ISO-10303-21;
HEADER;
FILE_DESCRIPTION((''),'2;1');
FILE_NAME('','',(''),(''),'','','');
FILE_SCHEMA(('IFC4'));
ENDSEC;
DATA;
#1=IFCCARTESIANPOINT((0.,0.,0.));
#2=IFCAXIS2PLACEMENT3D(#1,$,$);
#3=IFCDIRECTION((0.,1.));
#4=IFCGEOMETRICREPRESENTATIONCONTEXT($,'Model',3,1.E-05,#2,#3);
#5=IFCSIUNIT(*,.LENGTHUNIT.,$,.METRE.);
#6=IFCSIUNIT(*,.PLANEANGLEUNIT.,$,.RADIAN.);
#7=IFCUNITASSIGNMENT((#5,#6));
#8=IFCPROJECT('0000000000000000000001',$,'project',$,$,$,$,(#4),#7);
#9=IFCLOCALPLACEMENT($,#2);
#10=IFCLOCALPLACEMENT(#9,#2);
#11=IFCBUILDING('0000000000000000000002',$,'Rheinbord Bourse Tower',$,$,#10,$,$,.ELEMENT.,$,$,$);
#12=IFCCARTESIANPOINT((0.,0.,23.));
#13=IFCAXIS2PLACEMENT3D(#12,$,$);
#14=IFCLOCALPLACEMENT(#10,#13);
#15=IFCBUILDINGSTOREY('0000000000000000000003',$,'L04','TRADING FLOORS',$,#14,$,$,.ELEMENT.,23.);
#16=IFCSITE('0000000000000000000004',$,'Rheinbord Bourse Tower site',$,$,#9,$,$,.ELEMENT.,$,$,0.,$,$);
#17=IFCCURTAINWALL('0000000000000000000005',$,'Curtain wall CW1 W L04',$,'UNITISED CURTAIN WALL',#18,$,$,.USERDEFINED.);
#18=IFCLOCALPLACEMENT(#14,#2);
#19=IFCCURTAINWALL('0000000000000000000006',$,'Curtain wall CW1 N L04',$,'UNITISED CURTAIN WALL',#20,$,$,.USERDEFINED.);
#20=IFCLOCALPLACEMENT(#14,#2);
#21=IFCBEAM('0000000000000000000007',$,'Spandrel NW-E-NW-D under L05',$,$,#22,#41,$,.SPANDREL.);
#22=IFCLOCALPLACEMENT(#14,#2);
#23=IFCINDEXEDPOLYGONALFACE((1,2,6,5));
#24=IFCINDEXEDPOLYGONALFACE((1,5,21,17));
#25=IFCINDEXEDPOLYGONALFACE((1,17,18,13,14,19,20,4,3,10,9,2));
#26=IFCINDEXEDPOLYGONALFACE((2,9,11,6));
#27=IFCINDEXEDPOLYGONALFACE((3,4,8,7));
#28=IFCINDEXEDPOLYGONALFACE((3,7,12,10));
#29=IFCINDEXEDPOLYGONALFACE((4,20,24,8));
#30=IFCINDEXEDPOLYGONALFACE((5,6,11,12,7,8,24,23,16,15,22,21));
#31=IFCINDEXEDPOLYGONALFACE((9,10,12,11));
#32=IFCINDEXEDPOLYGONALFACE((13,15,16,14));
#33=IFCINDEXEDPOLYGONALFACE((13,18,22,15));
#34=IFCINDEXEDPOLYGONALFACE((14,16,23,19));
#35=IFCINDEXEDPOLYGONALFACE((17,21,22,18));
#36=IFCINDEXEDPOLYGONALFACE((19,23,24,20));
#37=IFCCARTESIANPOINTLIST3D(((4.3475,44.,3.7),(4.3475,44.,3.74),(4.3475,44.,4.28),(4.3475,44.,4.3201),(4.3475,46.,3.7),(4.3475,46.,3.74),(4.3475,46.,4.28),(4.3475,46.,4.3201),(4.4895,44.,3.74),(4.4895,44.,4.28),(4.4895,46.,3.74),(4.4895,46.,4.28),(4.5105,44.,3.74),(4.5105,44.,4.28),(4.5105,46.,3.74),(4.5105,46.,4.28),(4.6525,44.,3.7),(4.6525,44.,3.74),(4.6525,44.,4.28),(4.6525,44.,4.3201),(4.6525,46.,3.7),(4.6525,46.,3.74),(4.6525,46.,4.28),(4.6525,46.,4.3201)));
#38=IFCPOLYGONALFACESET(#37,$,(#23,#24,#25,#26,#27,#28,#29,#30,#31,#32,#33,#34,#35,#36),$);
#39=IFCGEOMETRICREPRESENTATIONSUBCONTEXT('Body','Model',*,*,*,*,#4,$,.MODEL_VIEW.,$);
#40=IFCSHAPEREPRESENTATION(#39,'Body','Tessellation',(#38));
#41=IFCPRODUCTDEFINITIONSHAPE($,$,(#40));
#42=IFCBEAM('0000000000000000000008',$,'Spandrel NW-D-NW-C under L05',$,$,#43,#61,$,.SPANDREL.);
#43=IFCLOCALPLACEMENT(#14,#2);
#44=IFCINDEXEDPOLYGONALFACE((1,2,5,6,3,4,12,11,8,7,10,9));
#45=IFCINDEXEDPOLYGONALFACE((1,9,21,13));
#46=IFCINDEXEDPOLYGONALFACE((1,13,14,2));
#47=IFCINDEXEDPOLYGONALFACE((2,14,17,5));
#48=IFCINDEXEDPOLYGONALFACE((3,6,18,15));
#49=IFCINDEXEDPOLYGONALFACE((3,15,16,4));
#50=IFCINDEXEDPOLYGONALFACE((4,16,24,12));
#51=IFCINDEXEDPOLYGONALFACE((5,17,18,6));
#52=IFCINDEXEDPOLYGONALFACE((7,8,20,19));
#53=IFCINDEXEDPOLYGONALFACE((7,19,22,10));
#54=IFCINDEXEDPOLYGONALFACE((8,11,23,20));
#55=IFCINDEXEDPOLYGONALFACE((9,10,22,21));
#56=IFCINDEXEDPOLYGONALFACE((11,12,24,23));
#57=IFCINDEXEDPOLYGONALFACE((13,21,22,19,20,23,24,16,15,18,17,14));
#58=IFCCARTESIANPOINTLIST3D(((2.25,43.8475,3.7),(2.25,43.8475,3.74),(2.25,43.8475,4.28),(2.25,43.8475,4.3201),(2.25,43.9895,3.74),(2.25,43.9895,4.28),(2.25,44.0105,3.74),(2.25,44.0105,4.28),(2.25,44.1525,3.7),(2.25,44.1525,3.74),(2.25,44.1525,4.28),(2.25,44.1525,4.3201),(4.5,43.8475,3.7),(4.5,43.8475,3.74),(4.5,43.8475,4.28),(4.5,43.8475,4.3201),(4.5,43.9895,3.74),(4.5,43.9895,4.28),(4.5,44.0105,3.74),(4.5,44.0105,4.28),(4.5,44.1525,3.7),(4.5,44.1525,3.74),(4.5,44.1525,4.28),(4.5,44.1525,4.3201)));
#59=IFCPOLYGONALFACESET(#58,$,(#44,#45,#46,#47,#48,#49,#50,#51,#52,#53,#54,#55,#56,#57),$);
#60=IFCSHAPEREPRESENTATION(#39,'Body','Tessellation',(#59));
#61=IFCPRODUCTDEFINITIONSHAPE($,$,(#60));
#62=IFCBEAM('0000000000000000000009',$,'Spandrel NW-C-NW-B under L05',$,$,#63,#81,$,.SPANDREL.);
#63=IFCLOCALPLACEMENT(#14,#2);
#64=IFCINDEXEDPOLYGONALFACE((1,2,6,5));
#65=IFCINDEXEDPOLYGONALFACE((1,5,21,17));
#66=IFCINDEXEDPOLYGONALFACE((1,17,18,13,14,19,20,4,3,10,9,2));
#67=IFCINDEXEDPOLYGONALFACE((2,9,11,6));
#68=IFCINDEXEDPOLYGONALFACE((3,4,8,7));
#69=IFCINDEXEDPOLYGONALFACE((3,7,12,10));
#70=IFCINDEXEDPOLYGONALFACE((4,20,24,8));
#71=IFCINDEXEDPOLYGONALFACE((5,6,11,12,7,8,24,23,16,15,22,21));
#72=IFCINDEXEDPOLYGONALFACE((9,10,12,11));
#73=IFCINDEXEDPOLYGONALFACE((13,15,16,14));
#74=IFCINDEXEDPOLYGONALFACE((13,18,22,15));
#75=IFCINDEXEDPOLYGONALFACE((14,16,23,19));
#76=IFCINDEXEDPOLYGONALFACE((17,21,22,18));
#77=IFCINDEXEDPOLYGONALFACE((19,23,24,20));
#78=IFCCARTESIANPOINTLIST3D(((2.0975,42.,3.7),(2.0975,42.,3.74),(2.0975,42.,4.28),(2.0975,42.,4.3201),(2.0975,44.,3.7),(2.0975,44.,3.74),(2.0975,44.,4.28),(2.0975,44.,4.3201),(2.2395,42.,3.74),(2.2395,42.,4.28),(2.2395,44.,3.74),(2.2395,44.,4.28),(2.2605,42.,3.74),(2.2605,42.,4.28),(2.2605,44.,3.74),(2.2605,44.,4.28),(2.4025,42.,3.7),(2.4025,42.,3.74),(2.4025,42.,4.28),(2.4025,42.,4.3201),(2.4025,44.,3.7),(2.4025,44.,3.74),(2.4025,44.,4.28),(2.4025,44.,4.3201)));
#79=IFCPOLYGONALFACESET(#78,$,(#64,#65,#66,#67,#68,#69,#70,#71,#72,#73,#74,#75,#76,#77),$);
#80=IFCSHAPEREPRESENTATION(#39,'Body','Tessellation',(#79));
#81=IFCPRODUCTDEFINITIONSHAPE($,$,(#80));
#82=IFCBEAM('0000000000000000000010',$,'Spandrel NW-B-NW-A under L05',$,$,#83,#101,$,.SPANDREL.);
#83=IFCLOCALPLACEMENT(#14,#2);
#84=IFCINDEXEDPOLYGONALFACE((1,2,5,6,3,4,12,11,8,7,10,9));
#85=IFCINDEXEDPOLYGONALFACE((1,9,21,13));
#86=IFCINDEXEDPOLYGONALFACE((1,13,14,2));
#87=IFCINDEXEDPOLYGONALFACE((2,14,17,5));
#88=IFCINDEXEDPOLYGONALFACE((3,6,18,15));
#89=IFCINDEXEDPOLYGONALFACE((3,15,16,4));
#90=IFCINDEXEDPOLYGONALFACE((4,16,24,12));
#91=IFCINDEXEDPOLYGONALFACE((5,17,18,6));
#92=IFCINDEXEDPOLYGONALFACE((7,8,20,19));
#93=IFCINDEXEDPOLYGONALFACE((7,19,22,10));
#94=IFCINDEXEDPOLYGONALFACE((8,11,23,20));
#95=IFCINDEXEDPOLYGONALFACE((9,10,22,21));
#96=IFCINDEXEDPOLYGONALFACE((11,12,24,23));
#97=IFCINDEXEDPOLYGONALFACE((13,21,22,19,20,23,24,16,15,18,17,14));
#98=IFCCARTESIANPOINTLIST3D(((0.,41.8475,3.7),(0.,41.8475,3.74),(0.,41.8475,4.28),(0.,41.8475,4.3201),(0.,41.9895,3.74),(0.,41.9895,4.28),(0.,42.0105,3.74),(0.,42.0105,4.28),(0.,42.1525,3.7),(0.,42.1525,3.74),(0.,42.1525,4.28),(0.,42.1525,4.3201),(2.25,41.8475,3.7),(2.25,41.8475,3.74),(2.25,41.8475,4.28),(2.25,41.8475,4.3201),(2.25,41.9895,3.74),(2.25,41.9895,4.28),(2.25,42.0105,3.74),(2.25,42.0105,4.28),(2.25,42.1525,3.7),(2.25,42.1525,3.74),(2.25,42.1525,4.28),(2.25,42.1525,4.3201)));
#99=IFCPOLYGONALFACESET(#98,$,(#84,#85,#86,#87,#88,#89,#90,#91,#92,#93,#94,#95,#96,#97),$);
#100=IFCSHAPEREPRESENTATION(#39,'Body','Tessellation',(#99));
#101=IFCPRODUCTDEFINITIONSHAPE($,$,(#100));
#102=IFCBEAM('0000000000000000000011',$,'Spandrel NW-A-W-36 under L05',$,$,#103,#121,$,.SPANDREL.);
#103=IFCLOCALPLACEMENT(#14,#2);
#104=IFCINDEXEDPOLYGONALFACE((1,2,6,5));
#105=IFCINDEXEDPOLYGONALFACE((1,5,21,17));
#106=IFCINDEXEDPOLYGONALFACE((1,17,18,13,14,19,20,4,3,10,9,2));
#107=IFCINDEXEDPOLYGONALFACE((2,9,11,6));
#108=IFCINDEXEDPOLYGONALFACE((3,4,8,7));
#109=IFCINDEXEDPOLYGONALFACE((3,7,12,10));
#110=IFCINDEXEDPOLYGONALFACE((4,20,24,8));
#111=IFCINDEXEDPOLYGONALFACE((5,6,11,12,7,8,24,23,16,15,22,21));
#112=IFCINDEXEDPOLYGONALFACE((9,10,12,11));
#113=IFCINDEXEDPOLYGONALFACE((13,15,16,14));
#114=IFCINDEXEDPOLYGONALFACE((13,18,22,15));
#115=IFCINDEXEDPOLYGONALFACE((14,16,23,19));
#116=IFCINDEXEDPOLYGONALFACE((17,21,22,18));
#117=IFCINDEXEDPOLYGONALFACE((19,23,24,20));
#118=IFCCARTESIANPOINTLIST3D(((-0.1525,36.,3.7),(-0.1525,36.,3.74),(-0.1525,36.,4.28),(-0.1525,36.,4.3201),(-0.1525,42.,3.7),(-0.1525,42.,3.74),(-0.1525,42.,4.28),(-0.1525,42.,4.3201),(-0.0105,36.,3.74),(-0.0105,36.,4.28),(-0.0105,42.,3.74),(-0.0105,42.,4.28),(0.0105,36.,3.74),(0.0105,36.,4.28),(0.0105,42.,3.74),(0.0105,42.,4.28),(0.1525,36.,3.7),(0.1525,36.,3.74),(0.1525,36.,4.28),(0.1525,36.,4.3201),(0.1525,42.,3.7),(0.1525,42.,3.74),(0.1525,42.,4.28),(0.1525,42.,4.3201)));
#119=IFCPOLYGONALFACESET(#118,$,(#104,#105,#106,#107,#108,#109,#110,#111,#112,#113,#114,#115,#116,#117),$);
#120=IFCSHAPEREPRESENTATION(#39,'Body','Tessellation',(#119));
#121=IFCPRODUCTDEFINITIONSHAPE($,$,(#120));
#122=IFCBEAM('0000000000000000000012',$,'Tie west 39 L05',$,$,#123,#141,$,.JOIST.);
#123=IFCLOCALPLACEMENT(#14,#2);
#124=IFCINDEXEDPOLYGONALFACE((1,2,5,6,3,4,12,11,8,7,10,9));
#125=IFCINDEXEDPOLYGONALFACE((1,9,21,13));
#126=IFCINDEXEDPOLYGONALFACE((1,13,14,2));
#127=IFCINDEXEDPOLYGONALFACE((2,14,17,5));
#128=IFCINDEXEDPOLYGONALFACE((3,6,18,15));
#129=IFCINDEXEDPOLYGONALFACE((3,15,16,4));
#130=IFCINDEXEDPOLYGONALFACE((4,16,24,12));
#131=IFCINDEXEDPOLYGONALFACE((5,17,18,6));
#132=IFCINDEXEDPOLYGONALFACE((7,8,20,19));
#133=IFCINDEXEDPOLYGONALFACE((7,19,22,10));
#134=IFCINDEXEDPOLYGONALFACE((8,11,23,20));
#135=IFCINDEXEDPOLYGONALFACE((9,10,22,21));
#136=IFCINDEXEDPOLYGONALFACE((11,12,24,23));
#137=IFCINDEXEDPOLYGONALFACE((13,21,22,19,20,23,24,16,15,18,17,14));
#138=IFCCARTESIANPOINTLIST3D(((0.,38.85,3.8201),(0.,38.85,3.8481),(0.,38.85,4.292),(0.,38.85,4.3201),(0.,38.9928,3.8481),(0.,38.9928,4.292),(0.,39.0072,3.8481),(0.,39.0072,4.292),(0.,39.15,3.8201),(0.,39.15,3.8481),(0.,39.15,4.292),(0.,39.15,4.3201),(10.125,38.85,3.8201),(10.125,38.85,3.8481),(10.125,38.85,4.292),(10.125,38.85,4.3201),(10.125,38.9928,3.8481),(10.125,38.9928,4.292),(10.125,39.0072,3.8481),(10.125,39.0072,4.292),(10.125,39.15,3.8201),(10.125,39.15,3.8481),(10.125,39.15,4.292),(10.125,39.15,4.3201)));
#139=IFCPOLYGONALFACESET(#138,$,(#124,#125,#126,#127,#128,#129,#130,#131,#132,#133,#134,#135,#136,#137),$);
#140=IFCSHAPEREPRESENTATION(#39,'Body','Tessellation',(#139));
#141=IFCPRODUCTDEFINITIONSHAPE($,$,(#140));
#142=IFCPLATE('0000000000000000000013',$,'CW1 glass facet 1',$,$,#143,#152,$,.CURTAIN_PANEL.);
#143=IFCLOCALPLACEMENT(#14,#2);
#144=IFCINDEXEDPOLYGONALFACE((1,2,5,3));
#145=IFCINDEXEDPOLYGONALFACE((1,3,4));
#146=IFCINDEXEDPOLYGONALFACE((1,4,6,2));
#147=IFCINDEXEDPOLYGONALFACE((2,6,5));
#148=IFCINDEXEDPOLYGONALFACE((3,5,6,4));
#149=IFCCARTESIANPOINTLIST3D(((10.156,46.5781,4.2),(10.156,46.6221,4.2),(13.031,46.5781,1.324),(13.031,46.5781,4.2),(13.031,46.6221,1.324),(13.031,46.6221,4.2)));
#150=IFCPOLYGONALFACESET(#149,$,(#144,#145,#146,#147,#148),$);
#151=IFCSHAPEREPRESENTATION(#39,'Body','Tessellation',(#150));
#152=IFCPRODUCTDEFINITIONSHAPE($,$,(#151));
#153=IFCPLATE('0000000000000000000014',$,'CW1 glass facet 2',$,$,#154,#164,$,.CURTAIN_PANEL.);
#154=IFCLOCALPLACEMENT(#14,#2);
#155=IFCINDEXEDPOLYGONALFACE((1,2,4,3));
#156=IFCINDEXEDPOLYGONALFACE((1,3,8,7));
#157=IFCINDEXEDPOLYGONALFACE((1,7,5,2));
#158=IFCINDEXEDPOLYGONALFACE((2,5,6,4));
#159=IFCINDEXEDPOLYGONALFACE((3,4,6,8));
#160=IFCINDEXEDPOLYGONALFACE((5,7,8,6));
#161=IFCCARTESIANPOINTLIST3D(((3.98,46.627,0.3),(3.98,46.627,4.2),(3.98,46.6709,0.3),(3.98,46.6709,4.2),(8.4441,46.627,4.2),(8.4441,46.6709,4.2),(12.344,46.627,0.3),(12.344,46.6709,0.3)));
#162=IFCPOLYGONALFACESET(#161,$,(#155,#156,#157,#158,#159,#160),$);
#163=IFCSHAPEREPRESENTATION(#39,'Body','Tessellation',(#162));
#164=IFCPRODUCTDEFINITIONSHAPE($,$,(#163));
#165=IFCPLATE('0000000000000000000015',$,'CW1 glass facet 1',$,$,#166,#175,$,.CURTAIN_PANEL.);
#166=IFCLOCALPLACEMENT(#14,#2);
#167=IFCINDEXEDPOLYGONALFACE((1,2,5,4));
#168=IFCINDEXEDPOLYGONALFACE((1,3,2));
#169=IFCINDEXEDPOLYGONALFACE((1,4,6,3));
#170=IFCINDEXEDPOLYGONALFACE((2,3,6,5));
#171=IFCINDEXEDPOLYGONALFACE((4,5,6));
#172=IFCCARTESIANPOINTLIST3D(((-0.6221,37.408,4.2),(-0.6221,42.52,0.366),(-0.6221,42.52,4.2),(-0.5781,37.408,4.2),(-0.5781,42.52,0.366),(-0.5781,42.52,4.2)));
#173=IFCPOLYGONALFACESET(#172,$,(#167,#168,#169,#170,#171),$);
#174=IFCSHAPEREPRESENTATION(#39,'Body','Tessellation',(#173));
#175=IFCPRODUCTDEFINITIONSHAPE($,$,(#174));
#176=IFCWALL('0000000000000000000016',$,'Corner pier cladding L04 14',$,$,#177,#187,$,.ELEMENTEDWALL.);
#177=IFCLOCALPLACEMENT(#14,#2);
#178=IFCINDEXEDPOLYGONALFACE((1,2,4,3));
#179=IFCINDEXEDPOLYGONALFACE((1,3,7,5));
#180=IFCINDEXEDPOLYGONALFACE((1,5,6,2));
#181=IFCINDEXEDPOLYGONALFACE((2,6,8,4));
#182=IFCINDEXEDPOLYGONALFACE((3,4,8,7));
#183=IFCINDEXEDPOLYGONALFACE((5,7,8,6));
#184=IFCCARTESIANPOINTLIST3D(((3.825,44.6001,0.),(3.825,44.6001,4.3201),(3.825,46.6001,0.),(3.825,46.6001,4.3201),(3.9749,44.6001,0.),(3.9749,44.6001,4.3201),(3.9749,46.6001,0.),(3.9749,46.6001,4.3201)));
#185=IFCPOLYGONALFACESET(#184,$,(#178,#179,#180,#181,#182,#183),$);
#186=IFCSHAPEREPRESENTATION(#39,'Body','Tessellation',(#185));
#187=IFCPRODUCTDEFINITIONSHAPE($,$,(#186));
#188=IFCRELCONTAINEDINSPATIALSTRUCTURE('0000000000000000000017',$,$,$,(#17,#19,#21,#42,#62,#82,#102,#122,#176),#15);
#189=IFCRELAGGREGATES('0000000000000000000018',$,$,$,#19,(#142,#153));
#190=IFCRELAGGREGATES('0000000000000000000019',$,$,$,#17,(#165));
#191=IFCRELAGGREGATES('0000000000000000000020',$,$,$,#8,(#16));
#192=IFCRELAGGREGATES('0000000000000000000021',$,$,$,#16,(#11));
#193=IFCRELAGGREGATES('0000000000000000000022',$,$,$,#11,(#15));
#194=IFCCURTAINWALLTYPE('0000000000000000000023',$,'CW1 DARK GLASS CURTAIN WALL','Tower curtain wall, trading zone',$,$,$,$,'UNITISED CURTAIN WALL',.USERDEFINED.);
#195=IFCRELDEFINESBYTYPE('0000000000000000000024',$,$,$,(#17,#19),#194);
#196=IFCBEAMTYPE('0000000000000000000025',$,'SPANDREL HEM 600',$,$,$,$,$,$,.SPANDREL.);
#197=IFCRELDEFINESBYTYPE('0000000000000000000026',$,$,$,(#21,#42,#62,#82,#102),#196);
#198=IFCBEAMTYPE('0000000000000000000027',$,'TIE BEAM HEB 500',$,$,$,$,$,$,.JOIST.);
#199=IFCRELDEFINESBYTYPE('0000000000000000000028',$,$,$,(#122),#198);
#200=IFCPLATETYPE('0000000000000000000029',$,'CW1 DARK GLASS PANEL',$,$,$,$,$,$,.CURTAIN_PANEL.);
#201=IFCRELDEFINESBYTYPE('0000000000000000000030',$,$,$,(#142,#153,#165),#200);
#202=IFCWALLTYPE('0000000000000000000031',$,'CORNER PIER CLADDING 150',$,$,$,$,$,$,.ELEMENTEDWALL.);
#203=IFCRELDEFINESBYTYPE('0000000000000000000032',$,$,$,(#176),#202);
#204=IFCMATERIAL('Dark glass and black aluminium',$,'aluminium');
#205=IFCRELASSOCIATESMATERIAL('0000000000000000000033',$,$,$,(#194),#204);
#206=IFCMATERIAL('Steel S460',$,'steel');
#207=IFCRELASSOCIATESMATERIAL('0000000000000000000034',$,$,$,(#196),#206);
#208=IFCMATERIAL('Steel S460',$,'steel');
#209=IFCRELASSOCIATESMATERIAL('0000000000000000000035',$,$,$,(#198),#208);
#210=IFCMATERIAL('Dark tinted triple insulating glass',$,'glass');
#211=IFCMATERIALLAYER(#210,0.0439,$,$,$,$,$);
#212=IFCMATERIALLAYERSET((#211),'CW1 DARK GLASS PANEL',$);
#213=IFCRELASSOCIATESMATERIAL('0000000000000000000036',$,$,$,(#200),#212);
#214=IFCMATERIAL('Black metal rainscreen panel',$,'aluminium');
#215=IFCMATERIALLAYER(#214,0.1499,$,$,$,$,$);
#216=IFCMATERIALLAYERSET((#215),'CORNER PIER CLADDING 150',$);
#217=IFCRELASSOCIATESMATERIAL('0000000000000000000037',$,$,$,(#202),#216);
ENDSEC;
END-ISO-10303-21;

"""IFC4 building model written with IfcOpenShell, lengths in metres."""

from ifc_helpers import new_model, si_unit, direction, frame, frame_2d, origin, origin_2d, place, context, subcontext, project, spatial, polyline, rectangle, i_section, outline, extrude, material, layer, layer_set, material_profile, profile_set, type_object, element, aggregate, save


model = new_model("IFC4")

# Units and contexts
model_context = context("Model", 3, precision=1e-05, world=origin(), true_north=direction((0.0, 1.0)))
body_context = subcontext(model_context, "Body", "Model", "MODEL_VIEW")
ifc_project = project(units=[si_unit("LENGTHUNIT", "METRE"), si_unit("PLANEANGLEUNIT", "RADIAN")], contexts=[model_context])

# Site, building, storey
site_placement = place(None, origin())
site = spatial("IfcSite", under=ifc_project, at=site_placement, Name="Rheinbord Bourse Tower site", CompositionType="ELEMENT", RefElevation=0.0)
building_placement = place(site_placement, origin())
building = spatial("IfcBuilding", under=site, at=building_placement, Name="Rheinbord Bourse Tower", CompositionType="ELEMENT")
storey_placement = place(building_placement, frame((0.0, 0.0, 23.0)))
storey = spatial("IfcBuildingStorey", under=building, at=storey_placement, Name="L04", Description="TRADING FLOORS", CompositionType="ELEMENT", Elevation=23.0)

# Curtain wall
ifc_material_1 = material(Name="Dark glass and black aluminium", Category="aluminium")
curtain_wall_type = type_object("IfcCurtainWallType", Name="CW1 DARK GLASS CURTAIN WALL", Description="Tower curtain wall, trading zone", ElementType="UNITISED CURTAIN WALL", PredefinedType="USERDEFINED", material=ifc_material_1)
curtain_wall_1_placement = place(storey_placement, origin())
curtain_wall_1 = element("IfcCurtainWall", 1, at=curtain_wall_1_placement, inside=storey, type_object=curtain_wall_type, Name="Curtain wall CW1 W L04", ObjectType="UNITISED CURTAIN WALL", PredefinedType="USERDEFINED")

# Curtain wall
curtain_wall_2_placement = place(storey_placement, origin())
curtain_wall_2 = element("IfcCurtainWall", 2, at=curtain_wall_2_placement, inside=storey, type_object=curtain_wall_type, Name="Curtain wall CW1 N L04", ObjectType="UNITISED CURTAIN WALL", PredefinedType="USERDEFINED")

# Beams
ifc_material_2 = material(Name="Steel S460", Category="steel")
ifc_material_profile_1 = material_profile(ifc_material_2, i_section(OverallWidth=0.3049, OverallDepth=0.6201, WebThickness=0.021, FlangeThickness=0.04, at=origin_2d()), Name="HEM 600")
ifc_profile_set_1 = profile_set([ifc_material_profile_1], Name="Steel S460")
beam_type_1 = type_object("IfcBeamType", Name="SPANDREL HEM 600", PredefinedType="SPANDREL", material=ifc_profile_set_1)
beam_1_placement = place(storey_placement, frame((4.5, 46.0, 4.01), z_axis=(0.0, -1.0, 0.0), x_axis=(1.0, 0.0, 0.0)))
element("IfcBeam", 3, at=beam_1_placement, inside=storey, type_object=beam_type_1, Name="Spandrel NW-E-NW-D under L05", PredefinedType="SPANDREL", context=body_context, shape_type="SweptSolid", body=[
    extrude(i_section(OverallWidth=0.3049, OverallDepth=0.6201, WebThickness=0.021, FlangeThickness=0.04, at=origin_2d()), origin(), (0.0, 0.0, 1.0), 2.0),
])
beam_2_placement = place(storey_placement, frame((4.5, 44.0, 4.01), z_axis=(-1.0, 0.0, 0.0), x_axis=(0.0, -1.0, 0.0)))
element("IfcBeam", 4, at=beam_2_placement, inside=storey, type_object=beam_type_1, Name="Spandrel NW-D-NW-C under L05", PredefinedType="SPANDREL", context=body_context, shape_type="SweptSolid", body=[
    extrude(i_section(OverallWidth=0.3049, OverallDepth=0.6201, WebThickness=0.021, FlangeThickness=0.04, at=origin_2d()), origin(), (0.0, 0.0, 1.0), 2.25),
])
beam_3_placement = place(storey_placement, frame((2.25, 44.0, 4.01), z_axis=(0.0, -1.0, 0.0), x_axis=(1.0, 0.0, 0.0)))
element("IfcBeam", 5, at=beam_3_placement, inside=storey, type_object=beam_type_1, Name="Spandrel NW-C-NW-B under L05", PredefinedType="SPANDREL", context=body_context, shape_type="SweptSolid", body=[
    extrude(i_section(OverallWidth=0.3049, OverallDepth=0.6201, WebThickness=0.021, FlangeThickness=0.04, at=origin_2d()), origin(), (0.0, 0.0, 1.0), 2.0),
])
beam_4_placement = place(storey_placement, frame((2.25, 42.0, 4.01), z_axis=(-1.0, 0.0, 0.0), x_axis=(0.0, -1.0, 0.0)))
element("IfcBeam", 6, at=beam_4_placement, inside=storey, type_object=beam_type_1, Name="Spandrel NW-B-NW-A under L05", PredefinedType="SPANDREL", context=body_context, shape_type="SweptSolid", body=[
    extrude(i_section(OverallWidth=0.3049, OverallDepth=0.6201, WebThickness=0.021, FlangeThickness=0.04, at=origin_2d()), origin(), (0.0, 0.0, 1.0), 2.25),
])
beam_5_placement = place(storey_placement, frame((0.0, 42.0, 4.01), z_axis=(0.0, -1.0, 0.0), x_axis=(1.0, 0.0, 0.0)))
element("IfcBeam", 7, at=beam_5_placement, inside=storey, type_object=beam_type_1, Name="Spandrel NW-A-W-36 under L05", PredefinedType="SPANDREL", context=body_context, shape_type="SweptSolid", body=[
    extrude(i_section(OverallWidth=0.3049, OverallDepth=0.6201, WebThickness=0.021, FlangeThickness=0.04, at=origin_2d()), origin(), (0.0, 0.0, 1.0), 6.0),
])
ifc_material_3 = material(Name="Steel S460", Category="steel")
ifc_material_profile_2 = material_profile(ifc_material_3, i_section(OverallWidth=0.3, OverallDepth=0.5, WebThickness=0.0144, FlangeThickness=0.0281, at=origin_2d()), Name="HEB 500")
ifc_profile_set_2 = profile_set([ifc_material_profile_2], Name="Steel S460")
beam_type_2 = type_object("IfcBeamType", Name="TIE BEAM HEB 500", PredefinedType="JOIST", material=ifc_profile_set_2)
beam_6_placement = place(storey_placement, frame((0.0, 39.0, 4.0701), z_axis=(1.0, 0.0, 0.0), x_axis=(0.0, 1.0, 0.0)))
element("IfcBeam", 8, at=beam_6_placement, inside=storey, type_object=beam_type_2, Name="Tie west 39 L05", PredefinedType="JOIST", context=body_context, shape_type="SweptSolid", body=[
    extrude(i_section(OverallWidth=0.3, OverallDepth=0.5, WebThickness=0.0144, FlangeThickness=0.0281, at=origin_2d()), origin(), (0.0, 0.0, 1.0), 10.125),
])

# Plates
ifc_material_4 = material(Name="Dark tinted triple insulating glass", Category="glass")
ifc_layer_1 = layer(ifc_material_4, 0.0439)
ifc_layer_set_1 = layer_set([ifc_layer_1], Name="CW1 DARK GLASS PANEL")
plate_type = type_object("IfcPlateType", Name="CW1 DARK GLASS PANEL", PredefinedType="CURTAIN_PANEL", material=ifc_layer_set_1)
plate_1_placement = place(storey_placement, frame((13.031, 46.6221, 4.2), z_axis=(0.0, -1.0, 0.0), x_axis=(-1.0, 0.0, 0.0)))
plate_1 = element("IfcPlate", 9, at=plate_1_placement, type_object=plate_type, Name="CW1 glass facet 1", PredefinedType="CURTAIN_PANEL", context=body_context, shape_type="SweptSolid", body=[
    extrude(outline(polyline([(0.0, 0.0), (2.875, 0.0), (0.0, 2.876), (0.0, 0.0)])), origin(), (0.0, 0.0, 1.0), 0.0439),
])
plate_2_placement = place(storey_placement, frame((3.98, 46.6709, 4.2), z_axis=(0.0, -1.0, 0.0), x_axis=(0.0, 0.0, -1.0)))
plate_2 = element("IfcPlate", 10, at=plate_2_placement, type_object=plate_type, Name="CW1 glass facet 2", PredefinedType="CURTAIN_PANEL", context=body_context, shape_type="SweptSolid", body=[
    extrude(outline(polyline([(0.0, 0.0), (3.8999, 0.0), (3.8999, 8.364), (0.0, 4.4641), (0.0, 0.0)])), origin(), (0.0, 0.0, 1.0), 0.0439),
])
aggregate(curtain_wall_2, [plate_1, plate_2])
plate_3_placement = place(storey_placement, frame((-0.6221, 42.52, 4.2), z_axis=(1.0, 0.0, 0.0), x_axis=(0.0, -1.0, 0.0)))
plate_3 = element("IfcPlate", 11, at=plate_3_placement, type_object=plate_type, Name="CW1 glass facet 1", PredefinedType="CURTAIN_PANEL", context=body_context, shape_type="SweptSolid", body=[
    extrude(outline(polyline([(0.0, 0.0), (5.1121, 0.0), (0.0, 3.834), (0.0, 0.0)])), origin(), (0.0, 0.0, 1.0), 0.0439),
])
aggregate(curtain_wall_1, [plate_3])

# Wall
ifc_material_5 = material(Name="Black metal rainscreen panel", Category="aluminium")
ifc_layer_2 = layer(ifc_material_5, 0.1499)
ifc_layer_set_2 = layer_set([ifc_layer_2], Name="CORNER PIER CLADDING 150")
wall_type = type_object("IfcWallType", Name="CORNER PIER CLADDING 150", PredefinedType="ELEMENTEDWALL", material=ifc_layer_set_2)
wall_1_placement = place(storey_placement, frame((3.8999, 46.6001, 0.0), z_axis=(0.0, 0.0, 1.0), x_axis=(0.0, -1.0, 0.0)))
element("IfcWall", 12, at=wall_1_placement, inside=storey, type_object=wall_type, Name="Corner pier cladding L04 14", PredefinedType="ELEMENTEDWALL", context=body_context, shape_type="SweptSolid", body=[
    extrude(rectangle(XDim=2.0, YDim=0.1499, at=frame_2d((1.0, 0.0))), origin(), (0.0, 0.0, 1.0), 4.3201),
])

save(model, "model.ifc")
